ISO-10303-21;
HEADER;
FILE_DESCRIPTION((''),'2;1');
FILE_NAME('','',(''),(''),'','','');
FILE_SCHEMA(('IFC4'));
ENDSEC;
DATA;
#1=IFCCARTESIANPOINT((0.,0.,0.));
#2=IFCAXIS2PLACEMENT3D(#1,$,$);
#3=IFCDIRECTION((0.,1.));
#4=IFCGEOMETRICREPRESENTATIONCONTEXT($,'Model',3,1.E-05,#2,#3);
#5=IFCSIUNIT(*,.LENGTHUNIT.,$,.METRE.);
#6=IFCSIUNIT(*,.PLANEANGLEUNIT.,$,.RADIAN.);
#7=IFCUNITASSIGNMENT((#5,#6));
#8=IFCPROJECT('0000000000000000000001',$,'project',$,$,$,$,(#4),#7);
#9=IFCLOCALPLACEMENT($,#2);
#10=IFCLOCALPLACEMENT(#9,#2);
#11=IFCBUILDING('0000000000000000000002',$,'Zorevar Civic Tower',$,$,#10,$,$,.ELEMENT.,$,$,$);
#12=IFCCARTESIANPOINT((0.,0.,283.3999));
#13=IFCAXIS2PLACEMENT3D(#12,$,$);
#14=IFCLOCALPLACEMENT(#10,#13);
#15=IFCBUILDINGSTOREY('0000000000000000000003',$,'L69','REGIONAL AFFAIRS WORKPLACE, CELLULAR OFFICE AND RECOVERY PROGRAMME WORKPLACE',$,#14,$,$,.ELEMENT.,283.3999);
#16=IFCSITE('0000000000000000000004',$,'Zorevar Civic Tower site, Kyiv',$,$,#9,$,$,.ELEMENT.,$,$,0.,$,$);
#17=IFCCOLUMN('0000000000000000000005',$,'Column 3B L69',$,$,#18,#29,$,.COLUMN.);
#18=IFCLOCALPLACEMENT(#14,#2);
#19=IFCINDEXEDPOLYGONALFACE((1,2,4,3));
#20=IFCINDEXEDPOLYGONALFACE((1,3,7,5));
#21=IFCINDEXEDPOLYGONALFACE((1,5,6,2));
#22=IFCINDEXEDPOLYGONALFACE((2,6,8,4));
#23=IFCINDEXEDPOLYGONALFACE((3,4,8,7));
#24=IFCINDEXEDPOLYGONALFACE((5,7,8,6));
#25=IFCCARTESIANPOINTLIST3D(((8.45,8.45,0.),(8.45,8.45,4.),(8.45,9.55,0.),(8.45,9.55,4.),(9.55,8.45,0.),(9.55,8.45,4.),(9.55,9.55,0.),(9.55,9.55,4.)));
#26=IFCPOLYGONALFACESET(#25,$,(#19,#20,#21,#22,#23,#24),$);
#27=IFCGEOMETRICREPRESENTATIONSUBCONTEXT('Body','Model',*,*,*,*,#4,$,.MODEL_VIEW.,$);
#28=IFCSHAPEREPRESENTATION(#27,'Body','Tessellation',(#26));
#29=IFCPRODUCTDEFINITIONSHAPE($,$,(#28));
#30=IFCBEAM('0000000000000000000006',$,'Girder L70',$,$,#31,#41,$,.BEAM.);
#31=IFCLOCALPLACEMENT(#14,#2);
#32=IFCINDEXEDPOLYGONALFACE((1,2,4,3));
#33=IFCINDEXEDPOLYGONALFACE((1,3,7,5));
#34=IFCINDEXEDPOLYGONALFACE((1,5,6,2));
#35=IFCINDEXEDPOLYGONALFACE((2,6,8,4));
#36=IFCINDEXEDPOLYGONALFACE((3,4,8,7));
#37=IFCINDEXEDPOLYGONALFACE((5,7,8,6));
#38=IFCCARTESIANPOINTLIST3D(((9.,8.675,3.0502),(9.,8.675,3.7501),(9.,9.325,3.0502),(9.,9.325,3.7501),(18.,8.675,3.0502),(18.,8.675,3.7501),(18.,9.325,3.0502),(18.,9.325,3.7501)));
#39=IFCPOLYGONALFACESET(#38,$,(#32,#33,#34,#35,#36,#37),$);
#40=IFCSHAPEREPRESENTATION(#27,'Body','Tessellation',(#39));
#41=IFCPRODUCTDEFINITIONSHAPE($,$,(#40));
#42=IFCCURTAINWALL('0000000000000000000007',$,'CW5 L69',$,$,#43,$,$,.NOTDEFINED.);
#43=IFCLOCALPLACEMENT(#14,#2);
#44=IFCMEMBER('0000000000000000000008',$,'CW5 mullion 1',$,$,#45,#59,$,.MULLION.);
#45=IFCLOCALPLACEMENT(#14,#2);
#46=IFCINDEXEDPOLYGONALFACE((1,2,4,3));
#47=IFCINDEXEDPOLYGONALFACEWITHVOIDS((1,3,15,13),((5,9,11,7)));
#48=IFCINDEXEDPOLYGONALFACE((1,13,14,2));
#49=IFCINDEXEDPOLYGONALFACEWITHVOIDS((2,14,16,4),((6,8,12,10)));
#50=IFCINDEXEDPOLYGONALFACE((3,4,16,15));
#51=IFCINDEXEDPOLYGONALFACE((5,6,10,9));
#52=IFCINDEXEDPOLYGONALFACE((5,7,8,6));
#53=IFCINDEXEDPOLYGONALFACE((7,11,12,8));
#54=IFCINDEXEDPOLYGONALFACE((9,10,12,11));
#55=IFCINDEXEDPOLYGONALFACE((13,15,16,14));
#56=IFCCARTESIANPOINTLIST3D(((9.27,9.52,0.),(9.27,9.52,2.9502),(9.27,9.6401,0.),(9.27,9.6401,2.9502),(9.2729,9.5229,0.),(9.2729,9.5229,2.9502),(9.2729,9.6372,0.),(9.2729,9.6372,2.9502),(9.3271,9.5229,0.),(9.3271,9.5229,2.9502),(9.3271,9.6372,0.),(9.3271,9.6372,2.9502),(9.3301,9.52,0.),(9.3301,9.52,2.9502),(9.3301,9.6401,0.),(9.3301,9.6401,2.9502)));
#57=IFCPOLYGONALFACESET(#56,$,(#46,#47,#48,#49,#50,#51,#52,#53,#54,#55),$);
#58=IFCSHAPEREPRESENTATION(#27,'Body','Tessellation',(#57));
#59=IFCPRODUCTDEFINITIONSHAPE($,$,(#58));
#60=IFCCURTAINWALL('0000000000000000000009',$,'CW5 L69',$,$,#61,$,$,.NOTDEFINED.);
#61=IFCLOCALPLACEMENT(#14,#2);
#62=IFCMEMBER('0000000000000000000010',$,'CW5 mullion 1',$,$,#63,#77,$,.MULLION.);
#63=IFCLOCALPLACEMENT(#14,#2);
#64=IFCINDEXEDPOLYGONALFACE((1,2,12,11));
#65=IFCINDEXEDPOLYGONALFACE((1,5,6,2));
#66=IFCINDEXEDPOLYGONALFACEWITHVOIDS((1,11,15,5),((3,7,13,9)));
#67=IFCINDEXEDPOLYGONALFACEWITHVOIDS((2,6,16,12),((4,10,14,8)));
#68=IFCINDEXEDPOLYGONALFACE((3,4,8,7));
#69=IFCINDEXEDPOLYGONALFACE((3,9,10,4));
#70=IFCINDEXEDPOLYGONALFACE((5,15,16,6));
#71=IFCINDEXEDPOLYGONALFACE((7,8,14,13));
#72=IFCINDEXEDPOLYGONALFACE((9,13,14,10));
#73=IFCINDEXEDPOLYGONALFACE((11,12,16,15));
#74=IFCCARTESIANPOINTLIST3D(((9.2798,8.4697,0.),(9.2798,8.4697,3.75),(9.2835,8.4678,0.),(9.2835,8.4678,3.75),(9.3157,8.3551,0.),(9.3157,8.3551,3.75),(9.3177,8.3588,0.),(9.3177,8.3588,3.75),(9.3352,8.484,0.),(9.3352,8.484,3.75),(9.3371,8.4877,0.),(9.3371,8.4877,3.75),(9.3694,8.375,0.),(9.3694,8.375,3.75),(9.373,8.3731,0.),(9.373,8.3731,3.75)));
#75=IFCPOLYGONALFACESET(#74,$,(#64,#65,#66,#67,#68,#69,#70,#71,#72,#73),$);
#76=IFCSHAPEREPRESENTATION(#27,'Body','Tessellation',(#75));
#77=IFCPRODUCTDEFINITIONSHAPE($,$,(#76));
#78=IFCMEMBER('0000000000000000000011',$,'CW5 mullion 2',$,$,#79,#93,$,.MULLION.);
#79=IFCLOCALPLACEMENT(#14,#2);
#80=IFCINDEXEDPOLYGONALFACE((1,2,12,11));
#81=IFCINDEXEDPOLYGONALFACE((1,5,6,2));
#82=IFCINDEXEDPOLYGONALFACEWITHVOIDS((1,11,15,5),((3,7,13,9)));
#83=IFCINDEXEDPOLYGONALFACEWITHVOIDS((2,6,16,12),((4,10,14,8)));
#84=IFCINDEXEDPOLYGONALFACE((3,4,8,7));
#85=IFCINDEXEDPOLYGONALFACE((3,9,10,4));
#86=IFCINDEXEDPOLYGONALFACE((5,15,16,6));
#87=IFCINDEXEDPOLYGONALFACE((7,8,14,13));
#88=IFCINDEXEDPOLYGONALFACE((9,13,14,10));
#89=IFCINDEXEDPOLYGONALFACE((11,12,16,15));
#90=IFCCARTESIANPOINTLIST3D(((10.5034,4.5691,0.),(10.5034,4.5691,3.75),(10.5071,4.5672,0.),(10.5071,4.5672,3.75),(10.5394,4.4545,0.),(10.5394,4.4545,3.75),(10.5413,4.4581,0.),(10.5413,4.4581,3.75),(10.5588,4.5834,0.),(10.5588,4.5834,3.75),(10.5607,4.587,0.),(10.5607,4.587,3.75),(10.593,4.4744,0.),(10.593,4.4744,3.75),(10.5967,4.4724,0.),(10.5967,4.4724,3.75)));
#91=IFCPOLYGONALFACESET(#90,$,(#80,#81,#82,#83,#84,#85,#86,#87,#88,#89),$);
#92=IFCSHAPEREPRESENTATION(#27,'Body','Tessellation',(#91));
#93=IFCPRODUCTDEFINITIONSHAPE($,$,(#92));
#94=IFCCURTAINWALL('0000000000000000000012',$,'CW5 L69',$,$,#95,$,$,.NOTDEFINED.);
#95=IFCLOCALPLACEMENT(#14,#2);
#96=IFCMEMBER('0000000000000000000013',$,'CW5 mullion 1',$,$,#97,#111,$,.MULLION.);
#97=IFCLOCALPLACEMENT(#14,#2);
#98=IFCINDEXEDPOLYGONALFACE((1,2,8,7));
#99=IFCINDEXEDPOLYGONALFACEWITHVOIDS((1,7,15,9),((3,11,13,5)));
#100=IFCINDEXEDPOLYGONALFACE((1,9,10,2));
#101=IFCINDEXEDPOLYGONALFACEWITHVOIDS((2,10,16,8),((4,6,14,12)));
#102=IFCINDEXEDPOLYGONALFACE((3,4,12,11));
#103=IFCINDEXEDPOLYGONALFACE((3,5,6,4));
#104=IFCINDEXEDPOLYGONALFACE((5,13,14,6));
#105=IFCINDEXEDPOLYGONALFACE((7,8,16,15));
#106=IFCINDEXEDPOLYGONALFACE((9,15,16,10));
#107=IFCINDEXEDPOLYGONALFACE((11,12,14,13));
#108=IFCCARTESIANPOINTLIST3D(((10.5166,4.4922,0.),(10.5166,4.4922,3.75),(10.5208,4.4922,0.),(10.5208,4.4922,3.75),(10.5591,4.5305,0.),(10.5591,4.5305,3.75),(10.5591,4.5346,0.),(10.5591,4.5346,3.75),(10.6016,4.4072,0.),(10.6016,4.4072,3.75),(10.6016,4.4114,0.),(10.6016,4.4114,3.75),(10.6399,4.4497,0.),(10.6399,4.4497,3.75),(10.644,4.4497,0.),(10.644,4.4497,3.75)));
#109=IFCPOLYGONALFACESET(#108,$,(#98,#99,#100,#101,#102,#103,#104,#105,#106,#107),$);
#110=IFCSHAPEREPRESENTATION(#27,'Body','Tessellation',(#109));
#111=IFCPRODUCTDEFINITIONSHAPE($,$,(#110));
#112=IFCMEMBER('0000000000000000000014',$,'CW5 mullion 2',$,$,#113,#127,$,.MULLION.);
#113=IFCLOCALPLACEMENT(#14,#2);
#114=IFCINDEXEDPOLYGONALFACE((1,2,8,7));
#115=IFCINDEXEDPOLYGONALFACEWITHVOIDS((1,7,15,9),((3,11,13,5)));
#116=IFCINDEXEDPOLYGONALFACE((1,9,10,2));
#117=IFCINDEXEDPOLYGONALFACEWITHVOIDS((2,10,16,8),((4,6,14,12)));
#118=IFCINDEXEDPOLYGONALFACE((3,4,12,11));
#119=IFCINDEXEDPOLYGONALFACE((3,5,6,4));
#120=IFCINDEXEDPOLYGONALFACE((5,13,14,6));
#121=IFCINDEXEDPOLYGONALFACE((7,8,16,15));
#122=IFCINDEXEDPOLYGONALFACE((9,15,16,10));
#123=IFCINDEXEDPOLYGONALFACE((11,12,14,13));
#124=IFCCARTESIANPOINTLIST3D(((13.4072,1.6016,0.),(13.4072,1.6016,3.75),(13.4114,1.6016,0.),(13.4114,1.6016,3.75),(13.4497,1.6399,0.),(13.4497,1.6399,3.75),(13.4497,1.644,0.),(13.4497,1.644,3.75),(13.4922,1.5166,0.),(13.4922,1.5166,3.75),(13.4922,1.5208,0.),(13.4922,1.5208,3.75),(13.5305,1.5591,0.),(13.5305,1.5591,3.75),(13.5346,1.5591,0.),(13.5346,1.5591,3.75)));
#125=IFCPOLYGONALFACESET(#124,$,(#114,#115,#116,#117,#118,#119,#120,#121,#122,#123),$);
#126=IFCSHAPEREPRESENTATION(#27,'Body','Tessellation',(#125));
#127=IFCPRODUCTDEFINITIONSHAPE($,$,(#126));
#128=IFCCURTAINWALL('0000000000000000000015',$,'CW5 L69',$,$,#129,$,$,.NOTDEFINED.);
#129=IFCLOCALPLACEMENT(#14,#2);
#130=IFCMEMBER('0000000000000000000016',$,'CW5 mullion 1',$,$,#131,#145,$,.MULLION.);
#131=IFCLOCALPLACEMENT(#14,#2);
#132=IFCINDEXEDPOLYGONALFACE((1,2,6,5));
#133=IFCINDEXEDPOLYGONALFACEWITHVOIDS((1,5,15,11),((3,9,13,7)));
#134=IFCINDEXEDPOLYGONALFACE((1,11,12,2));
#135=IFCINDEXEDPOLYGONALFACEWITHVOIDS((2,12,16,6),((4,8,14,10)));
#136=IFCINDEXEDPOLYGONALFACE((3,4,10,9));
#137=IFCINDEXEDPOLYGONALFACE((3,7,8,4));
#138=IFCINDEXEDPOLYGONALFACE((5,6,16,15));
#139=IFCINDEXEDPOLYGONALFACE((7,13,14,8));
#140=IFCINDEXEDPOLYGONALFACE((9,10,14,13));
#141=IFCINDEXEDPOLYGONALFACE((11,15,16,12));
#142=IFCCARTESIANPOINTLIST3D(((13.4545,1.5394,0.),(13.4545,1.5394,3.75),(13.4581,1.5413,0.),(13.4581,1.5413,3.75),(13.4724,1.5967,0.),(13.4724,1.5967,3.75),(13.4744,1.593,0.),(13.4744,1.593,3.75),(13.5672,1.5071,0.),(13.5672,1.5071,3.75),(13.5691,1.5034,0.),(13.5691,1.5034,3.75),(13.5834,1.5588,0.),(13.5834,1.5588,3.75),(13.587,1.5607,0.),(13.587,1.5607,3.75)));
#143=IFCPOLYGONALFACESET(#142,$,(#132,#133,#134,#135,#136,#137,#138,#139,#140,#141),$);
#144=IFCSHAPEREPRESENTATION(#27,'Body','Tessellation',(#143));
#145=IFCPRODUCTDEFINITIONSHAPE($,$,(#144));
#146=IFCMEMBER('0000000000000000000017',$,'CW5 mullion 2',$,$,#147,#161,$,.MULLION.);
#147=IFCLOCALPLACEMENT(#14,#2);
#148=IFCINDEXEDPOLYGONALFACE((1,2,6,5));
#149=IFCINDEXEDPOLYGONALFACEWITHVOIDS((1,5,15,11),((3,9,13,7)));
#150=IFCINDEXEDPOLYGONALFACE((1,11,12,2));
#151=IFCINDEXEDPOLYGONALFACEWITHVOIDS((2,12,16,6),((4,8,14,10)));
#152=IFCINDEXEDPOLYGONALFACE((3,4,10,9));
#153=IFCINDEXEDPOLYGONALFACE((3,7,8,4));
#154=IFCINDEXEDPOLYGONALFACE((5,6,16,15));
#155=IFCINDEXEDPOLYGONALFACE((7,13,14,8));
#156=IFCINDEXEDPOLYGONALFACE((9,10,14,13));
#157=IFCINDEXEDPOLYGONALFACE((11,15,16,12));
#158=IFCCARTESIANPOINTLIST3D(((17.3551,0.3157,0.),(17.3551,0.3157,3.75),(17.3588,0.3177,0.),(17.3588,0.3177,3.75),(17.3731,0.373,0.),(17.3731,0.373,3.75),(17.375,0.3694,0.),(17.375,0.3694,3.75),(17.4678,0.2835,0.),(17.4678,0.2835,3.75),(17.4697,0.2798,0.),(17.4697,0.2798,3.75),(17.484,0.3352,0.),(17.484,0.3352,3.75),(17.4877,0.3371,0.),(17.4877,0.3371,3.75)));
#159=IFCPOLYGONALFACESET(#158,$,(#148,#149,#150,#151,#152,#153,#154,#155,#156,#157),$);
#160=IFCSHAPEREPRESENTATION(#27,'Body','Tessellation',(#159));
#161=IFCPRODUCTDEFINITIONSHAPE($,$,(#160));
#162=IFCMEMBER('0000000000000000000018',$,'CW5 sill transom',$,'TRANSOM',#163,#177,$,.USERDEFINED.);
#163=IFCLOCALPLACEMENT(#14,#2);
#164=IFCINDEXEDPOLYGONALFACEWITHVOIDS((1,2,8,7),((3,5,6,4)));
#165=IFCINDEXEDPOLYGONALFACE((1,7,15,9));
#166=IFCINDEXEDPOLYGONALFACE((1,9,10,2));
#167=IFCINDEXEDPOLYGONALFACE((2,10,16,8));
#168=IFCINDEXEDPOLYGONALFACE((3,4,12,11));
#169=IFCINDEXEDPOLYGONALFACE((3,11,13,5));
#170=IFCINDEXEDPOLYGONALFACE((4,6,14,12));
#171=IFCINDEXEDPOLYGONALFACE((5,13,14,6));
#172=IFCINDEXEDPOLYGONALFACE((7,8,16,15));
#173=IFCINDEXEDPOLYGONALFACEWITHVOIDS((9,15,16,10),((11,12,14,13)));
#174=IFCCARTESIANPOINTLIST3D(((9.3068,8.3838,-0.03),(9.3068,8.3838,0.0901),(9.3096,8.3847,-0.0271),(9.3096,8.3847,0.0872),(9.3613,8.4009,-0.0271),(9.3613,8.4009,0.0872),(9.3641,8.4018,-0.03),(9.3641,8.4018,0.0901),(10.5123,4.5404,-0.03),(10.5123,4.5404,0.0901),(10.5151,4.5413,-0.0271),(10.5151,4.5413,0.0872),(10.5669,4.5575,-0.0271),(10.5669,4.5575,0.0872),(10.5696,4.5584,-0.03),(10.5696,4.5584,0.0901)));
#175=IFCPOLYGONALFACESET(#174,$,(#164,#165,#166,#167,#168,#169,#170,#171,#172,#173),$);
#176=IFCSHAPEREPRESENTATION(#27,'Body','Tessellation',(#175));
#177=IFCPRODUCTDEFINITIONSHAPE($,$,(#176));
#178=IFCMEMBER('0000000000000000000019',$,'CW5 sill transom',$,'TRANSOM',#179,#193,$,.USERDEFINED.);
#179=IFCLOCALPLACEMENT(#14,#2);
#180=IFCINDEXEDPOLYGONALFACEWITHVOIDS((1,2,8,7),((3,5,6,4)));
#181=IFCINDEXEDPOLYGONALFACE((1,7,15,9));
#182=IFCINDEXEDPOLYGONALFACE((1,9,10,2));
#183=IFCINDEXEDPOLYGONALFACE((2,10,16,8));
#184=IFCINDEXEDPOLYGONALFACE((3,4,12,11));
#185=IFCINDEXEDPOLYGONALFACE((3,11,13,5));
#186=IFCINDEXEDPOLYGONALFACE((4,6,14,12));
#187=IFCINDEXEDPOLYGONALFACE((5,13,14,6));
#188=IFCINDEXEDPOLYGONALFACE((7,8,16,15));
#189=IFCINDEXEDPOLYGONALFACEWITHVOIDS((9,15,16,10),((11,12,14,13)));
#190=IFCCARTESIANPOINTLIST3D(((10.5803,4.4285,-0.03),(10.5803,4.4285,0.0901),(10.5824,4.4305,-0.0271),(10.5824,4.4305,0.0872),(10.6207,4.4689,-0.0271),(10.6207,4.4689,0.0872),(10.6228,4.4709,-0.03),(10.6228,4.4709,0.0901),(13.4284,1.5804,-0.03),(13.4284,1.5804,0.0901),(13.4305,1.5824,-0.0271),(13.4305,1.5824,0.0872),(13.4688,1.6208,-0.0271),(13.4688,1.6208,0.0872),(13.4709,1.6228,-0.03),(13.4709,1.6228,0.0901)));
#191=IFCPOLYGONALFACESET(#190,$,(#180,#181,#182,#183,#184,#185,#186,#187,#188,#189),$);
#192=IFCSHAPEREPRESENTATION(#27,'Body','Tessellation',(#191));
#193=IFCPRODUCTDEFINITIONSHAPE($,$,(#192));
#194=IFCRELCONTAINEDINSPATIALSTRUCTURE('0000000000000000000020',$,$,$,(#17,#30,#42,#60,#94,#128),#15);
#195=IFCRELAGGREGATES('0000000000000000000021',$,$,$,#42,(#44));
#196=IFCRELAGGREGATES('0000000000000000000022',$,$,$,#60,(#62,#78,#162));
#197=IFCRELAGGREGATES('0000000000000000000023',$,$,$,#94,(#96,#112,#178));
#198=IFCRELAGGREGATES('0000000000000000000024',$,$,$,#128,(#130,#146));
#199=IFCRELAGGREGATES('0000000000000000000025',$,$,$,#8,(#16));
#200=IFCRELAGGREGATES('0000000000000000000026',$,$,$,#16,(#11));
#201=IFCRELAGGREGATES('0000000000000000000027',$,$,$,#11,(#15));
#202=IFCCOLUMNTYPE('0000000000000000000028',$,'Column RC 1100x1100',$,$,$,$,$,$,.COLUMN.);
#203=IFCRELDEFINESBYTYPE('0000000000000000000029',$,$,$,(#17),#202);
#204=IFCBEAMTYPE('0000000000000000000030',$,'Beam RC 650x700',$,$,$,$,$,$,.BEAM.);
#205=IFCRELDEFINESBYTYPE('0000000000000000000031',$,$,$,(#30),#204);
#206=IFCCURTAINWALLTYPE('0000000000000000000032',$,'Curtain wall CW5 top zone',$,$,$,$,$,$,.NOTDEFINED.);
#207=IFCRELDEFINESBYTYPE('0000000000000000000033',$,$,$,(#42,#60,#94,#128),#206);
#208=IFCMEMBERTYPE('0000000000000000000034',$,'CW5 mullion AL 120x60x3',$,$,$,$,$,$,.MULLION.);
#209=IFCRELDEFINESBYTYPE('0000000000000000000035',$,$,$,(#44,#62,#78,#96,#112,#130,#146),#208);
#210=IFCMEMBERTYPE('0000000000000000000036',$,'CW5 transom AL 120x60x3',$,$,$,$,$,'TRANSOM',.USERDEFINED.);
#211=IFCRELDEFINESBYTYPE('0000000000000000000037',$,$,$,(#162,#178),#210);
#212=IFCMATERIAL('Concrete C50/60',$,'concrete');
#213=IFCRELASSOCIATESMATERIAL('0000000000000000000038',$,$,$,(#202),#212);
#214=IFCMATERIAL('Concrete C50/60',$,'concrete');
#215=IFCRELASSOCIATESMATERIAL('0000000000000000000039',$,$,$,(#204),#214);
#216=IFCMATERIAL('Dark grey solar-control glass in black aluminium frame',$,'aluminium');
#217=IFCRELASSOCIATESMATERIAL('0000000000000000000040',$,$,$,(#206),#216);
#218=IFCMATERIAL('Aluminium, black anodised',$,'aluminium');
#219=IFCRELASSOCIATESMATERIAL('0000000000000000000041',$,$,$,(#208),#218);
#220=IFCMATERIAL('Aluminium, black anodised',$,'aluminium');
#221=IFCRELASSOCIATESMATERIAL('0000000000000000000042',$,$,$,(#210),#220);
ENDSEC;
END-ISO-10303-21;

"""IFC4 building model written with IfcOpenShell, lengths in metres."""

from ifc_helpers import new_model, si_unit, direction, frame, origin, origin_2d, place, context, subcontext, project, spatial, rectangle, hollow_rectangle, extrude, material, material_profile, profile_set, type_object, element, aggregate, save


model = new_model("IFC4")

# Units and contexts
model_context = context("Model", 3, precision=1e-05, world=origin(), true_north=direction((0.0, 1.0)))
body_context = subcontext(model_context, "Body", "Model", "MODEL_VIEW")
ifc_project = project(units=[si_unit("LENGTHUNIT", "METRE"), si_unit("PLANEANGLEUNIT", "RADIAN")], contexts=[model_context])

# Site, building, storey
site_placement = place(None, origin())
site = spatial("IfcSite", under=ifc_project, at=site_placement, Name="Zorevar Civic Tower site, Kyiv", CompositionType="ELEMENT", RefElevation=0.0)
building_placement = place(site_placement, origin())
building = spatial("IfcBuilding", under=site, at=building_placement, Name="Zorevar Civic Tower", CompositionType="ELEMENT")
storey_placement = place(building_placement, frame((0.0, 0.0, 283.3999)))
storey = spatial("IfcBuildingStorey", under=building, at=storey_placement, Name="L69", Description="REGIONAL AFFAIRS WORKPLACE, CELLULAR OFFICE AND RECOVERY PROGRAMME WORKPLACE", CompositionType="ELEMENT", Elevation=283.3999)

# Column
ifc_material_1 = material(Name="Concrete C50/60", Category="concrete")
ifc_material_profile_1 = material_profile(ifc_material_1, rectangle(XDim=1.1001, YDim=1.1001, at=origin_2d()), Name="RC 1100x1100")
ifc_profile_set_1 = profile_set([ifc_material_profile_1], Name="Concrete C50/60")
column_type = type_object("IfcColumnType", Name="Column RC 1100x1100", PredefinedType="COLUMN", material=ifc_profile_set_1)
column_placement = place(storey_placement, frame((9.0, 9.0, 0.0), z_axis=(0.0, 0.0, 1.0), x_axis=(1.0, 0.0, 0.0)))
element("IfcColumn", 1, at=column_placement, inside=storey, type_object=column_type, Name="Column 3B L69", PredefinedType="COLUMN", context=body_context, shape_type="SweptSolid", body=[
    extrude(rectangle(XDim=1.1001, YDim=1.1001, at=origin_2d()), origin(), (0.0, 0.0, 1.0), 4.0),
])

# Beam
ifc_material_2 = material(Name="Concrete C50/60", Category="concrete")
ifc_material_profile_2 = material_profile(ifc_material_2, rectangle(XDim=0.6499, YDim=0.7, at=origin_2d()), Name="RC 650x700")
ifc_profile_set_2 = profile_set([ifc_material_profile_2], Name="Concrete C50/60")
beam_type_1 = type_object("IfcBeamType", Name="Beam RC 650x700", PredefinedType="BEAM", material=ifc_profile_set_2)
beam_1_placement = place(storey_placement, frame((9.0, 9.0, 3.4001), z_axis=(1.0, 0.0, 0.0), x_axis=(0.0, 1.0, 0.0)))
element("IfcBeam", 2, at=beam_1_placement, inside=storey, type_object=beam_type_1, Name="Girder L70", PredefinedType="BEAM", context=body_context, shape_type="SweptSolid", body=[
    extrude(rectangle(XDim=0.6499, YDim=0.7, at=origin_2d()), origin(), (0.0, 0.0, 1.0), 9.0),
])

# Curtain wall, member
ifc_material_3 = material(Name="Dark grey solar-control glass in black aluminium frame", Category="aluminium")
curtain_wall_type = type_object("IfcCurtainWallType", Name="Curtain wall CW5 top zone", PredefinedType="NOTDEFINED", material=ifc_material_3)
curtain_wall_1_placement = place(storey_placement, origin())
curtain_wall_1 = element("IfcCurtainWall", 3, at=curtain_wall_1_placement, inside=storey, type_object=curtain_wall_type, Name="CW5 L69", PredefinedType="NOTDEFINED")
ifc_material_4 = material(Name="Aluminium, black anodised", Category="aluminium")
ifc_material_profile_3 = material_profile(ifc_material_4, hollow_rectangle(XDim=0.0601, YDim=0.1201, WallThickness=0.0029, at=origin_2d()), Name="AL 120x60x3")
ifc_profile_set_3 = profile_set([ifc_material_profile_3], Name="Aluminium, black anodised")
member_type_1 = type_object("IfcMemberType", Name="CW5 mullion AL 120x60x3", PredefinedType="MULLION", material=ifc_profile_set_3)
member_1_placement = place(storey_placement, frame((9.3, 9.5801, 0.0), z_axis=(0.0, 0.0, 1.0), x_axis=(-1.0, 0.0, 0.0)))
member_1 = element("IfcMember", 4, at=member_1_placement, type_object=member_type_1, Name="CW5 mullion 1", PredefinedType="MULLION", context=body_context, shape_type="SweptSolid", body=[
    extrude(hollow_rectangle(XDim=0.0601, YDim=0.1201, WallThickness=0.0029, at=origin_2d()), origin(), (0.0, 0.0, 1.0), 2.9502),
])
aggregate(curtain_wall_1, [member_1])

# Curtain walls, members
curtain_wall_2_placement = place(storey_placement, origin())
curtain_wall_2 = element("IfcCurtainWall", 5, at=curtain_wall_2_placement, inside=storey, type_object=curtain_wall_type, Name="CW5 L69", PredefinedType="NOTDEFINED")
member_2_placement = place(storey_placement, frame((9.3264, 8.4214, 0.0), z_axis=(0.0, 0.0, 1.0), x_axis=(0.954153, 0.299318, 0.0)))
member_2 = element("IfcMember", 6, at=member_2_placement, type_object=member_type_1, Name="CW5 mullion 1", PredefinedType="MULLION", context=body_context, shape_type="SweptSolid", body=[
    extrude(hollow_rectangle(XDim=0.0601, YDim=0.1201, WallThickness=0.0029, at=origin_2d()), origin(), (0.0, 0.0, 1.0), 3.75),
])
member_3_placement = place(storey_placement, frame((10.55, 4.5208, 0.0), z_axis=(0.0, 0.0, 1.0), x_axis=(0.954153, 0.299318, 0.0)))
member_3 = element("IfcMember", 7, at=member_3_placement, type_object=member_type_1, Name="CW5 mullion 2", PredefinedType="MULLION", context=body_context, shape_type="SweptSolid", body=[
    extrude(hollow_rectangle(XDim=0.0601, YDim=0.1201, WallThickness=0.0029, at=origin_2d()), origin(), (0.0, 0.0, 1.0), 3.75),
])
curtain_wall_3_placement = place(storey_placement, origin())
curtain_wall_3 = element("IfcCurtainWall", 8, at=curtain_wall_3_placement, inside=storey, type_object=curtain_wall_type, Name="CW5 L69", PredefinedType="NOTDEFINED")
member_4_placement = place(storey_placement, frame((10.5803, 4.4709, 0.0), z_axis=(0.0, 0.0, 1.0), x_axis=(0.707107, 0.707107, 0.0)))
member_4 = element("IfcMember", 9, at=member_4_placement, type_object=member_type_1, Name="CW5 mullion 1", PredefinedType="MULLION", context=body_context, shape_type="SweptSolid", body=[
    extrude(hollow_rectangle(XDim=0.0601, YDim=0.1201, WallThickness=0.0029, at=origin_2d()), origin(), (0.0, 0.0, 1.0), 3.75),
])
member_5_placement = place(storey_placement, frame((13.4709, 1.5803, 0.0), z_axis=(0.0, 0.0, 1.0), x_axis=(0.707107, 0.707107, 0.0)))
member_5 = element("IfcMember", 10, at=member_5_placement, type_object=member_type_1, Name="CW5 mullion 2", PredefinedType="MULLION", context=body_context, shape_type="SweptSolid", body=[
    extrude(hollow_rectangle(XDim=0.0601, YDim=0.1201, WallThickness=0.0029, at=origin_2d()), origin(), (0.0, 0.0, 1.0), 3.75),
])
curtain_wall_4_placement = place(storey_placement, origin())
curtain_wall_4 = element("IfcCurtainWall", 11, at=curtain_wall_4_placement, inside=storey, type_object=curtain_wall_type, Name="CW5 L69", PredefinedType="NOTDEFINED")
member_6_placement = place(storey_placement, frame((13.5208, 1.55, 0.0), z_axis=(0.0, 0.0, 1.0), x_axis=(0.299318, 0.954153, 0.0)))
member_6 = element("IfcMember", 12, at=member_6_placement, type_object=member_type_1, Name="CW5 mullion 1", PredefinedType="MULLION", context=body_context, shape_type="SweptSolid", body=[
    extrude(hollow_rectangle(XDim=0.0601, YDim=0.1201, WallThickness=0.0029, at=origin_2d()), origin(), (0.0, 0.0, 1.0), 3.75),
])
member_7_placement = place(storey_placement, frame((17.4214, 0.3264, 0.0), z_axis=(0.0, 0.0, 1.0), x_axis=(0.299318, 0.954153, 0.0)))
member_7 = element("IfcMember", 13, at=member_7_placement, type_object=member_type_1, Name="CW5 mullion 2", PredefinedType="MULLION", context=body_context, shape_type="SweptSolid", body=[
    extrude(hollow_rectangle(XDim=0.0601, YDim=0.1201, WallThickness=0.0029, at=origin_2d()), origin(), (0.0, 0.0, 1.0), 3.75),
])

# Members
ifc_material_5 = material(Name="Aluminium, black anodised", Category="aluminium")
ifc_material_profile_4 = material_profile(ifc_material_5, hollow_rectangle(XDim=0.0601, YDim=0.1201, WallThickness=0.0029, at=origin_2d()), Name="AL 120x60x3")
ifc_profile_set_4 = profile_set([ifc_material_profile_4], Name="Aluminium, black anodised")
member_type_2 = type_object("IfcMemberType", Name="CW5 transom AL 120x60x3", ElementType="TRANSOM", PredefinedType="USERDEFINED", material=ifc_profile_set_4)
member_8_placement = place(storey_placement, frame((9.3354, 8.3928, 0.03), z_axis=(0.299286, -0.954163, 0.0), x_axis=(0.954163, 0.299286, 0.0)))
member_8 = element("IfcMember", 14, at=member_8_placement, type_object=member_type_2, Name="CW5 sill transom", ObjectType="TRANSOM", PredefinedType="USERDEFINED", context=body_context, shape_type="SweptSolid", body=[
    extrude(hollow_rectangle(XDim=0.0601, YDim=0.1201, WallThickness=0.0029, at=origin_2d()), origin(), (0.0, 0.0, 1.0), 4.0281),
])
member_9_placement = place(storey_placement, frame((10.6016, 4.4497, 0.03), z_axis=(0.707107, -0.707107, 0.0), x_axis=(0.707107, 0.707107, 0.0)))
member_9 = element("IfcMember", 15, at=member_9_placement, type_object=member_type_2, Name="CW5 sill transom", ObjectType="TRANSOM", PredefinedType="USERDEFINED", context=body_context, shape_type="SweptSolid", body=[
    extrude(hollow_rectangle(XDim=0.0601, YDim=0.1201, WallThickness=0.0029, at=origin_2d()), origin(), (0.0, 0.0, 1.0), 4.0278),
])

aggregate(curtain_wall_2, [member_2, member_3, member_8])
aggregate(curtain_wall_3, [member_4, member_5, member_9])
aggregate(curtain_wall_4, [member_6, member_7])

save(model, "model.ifc")
